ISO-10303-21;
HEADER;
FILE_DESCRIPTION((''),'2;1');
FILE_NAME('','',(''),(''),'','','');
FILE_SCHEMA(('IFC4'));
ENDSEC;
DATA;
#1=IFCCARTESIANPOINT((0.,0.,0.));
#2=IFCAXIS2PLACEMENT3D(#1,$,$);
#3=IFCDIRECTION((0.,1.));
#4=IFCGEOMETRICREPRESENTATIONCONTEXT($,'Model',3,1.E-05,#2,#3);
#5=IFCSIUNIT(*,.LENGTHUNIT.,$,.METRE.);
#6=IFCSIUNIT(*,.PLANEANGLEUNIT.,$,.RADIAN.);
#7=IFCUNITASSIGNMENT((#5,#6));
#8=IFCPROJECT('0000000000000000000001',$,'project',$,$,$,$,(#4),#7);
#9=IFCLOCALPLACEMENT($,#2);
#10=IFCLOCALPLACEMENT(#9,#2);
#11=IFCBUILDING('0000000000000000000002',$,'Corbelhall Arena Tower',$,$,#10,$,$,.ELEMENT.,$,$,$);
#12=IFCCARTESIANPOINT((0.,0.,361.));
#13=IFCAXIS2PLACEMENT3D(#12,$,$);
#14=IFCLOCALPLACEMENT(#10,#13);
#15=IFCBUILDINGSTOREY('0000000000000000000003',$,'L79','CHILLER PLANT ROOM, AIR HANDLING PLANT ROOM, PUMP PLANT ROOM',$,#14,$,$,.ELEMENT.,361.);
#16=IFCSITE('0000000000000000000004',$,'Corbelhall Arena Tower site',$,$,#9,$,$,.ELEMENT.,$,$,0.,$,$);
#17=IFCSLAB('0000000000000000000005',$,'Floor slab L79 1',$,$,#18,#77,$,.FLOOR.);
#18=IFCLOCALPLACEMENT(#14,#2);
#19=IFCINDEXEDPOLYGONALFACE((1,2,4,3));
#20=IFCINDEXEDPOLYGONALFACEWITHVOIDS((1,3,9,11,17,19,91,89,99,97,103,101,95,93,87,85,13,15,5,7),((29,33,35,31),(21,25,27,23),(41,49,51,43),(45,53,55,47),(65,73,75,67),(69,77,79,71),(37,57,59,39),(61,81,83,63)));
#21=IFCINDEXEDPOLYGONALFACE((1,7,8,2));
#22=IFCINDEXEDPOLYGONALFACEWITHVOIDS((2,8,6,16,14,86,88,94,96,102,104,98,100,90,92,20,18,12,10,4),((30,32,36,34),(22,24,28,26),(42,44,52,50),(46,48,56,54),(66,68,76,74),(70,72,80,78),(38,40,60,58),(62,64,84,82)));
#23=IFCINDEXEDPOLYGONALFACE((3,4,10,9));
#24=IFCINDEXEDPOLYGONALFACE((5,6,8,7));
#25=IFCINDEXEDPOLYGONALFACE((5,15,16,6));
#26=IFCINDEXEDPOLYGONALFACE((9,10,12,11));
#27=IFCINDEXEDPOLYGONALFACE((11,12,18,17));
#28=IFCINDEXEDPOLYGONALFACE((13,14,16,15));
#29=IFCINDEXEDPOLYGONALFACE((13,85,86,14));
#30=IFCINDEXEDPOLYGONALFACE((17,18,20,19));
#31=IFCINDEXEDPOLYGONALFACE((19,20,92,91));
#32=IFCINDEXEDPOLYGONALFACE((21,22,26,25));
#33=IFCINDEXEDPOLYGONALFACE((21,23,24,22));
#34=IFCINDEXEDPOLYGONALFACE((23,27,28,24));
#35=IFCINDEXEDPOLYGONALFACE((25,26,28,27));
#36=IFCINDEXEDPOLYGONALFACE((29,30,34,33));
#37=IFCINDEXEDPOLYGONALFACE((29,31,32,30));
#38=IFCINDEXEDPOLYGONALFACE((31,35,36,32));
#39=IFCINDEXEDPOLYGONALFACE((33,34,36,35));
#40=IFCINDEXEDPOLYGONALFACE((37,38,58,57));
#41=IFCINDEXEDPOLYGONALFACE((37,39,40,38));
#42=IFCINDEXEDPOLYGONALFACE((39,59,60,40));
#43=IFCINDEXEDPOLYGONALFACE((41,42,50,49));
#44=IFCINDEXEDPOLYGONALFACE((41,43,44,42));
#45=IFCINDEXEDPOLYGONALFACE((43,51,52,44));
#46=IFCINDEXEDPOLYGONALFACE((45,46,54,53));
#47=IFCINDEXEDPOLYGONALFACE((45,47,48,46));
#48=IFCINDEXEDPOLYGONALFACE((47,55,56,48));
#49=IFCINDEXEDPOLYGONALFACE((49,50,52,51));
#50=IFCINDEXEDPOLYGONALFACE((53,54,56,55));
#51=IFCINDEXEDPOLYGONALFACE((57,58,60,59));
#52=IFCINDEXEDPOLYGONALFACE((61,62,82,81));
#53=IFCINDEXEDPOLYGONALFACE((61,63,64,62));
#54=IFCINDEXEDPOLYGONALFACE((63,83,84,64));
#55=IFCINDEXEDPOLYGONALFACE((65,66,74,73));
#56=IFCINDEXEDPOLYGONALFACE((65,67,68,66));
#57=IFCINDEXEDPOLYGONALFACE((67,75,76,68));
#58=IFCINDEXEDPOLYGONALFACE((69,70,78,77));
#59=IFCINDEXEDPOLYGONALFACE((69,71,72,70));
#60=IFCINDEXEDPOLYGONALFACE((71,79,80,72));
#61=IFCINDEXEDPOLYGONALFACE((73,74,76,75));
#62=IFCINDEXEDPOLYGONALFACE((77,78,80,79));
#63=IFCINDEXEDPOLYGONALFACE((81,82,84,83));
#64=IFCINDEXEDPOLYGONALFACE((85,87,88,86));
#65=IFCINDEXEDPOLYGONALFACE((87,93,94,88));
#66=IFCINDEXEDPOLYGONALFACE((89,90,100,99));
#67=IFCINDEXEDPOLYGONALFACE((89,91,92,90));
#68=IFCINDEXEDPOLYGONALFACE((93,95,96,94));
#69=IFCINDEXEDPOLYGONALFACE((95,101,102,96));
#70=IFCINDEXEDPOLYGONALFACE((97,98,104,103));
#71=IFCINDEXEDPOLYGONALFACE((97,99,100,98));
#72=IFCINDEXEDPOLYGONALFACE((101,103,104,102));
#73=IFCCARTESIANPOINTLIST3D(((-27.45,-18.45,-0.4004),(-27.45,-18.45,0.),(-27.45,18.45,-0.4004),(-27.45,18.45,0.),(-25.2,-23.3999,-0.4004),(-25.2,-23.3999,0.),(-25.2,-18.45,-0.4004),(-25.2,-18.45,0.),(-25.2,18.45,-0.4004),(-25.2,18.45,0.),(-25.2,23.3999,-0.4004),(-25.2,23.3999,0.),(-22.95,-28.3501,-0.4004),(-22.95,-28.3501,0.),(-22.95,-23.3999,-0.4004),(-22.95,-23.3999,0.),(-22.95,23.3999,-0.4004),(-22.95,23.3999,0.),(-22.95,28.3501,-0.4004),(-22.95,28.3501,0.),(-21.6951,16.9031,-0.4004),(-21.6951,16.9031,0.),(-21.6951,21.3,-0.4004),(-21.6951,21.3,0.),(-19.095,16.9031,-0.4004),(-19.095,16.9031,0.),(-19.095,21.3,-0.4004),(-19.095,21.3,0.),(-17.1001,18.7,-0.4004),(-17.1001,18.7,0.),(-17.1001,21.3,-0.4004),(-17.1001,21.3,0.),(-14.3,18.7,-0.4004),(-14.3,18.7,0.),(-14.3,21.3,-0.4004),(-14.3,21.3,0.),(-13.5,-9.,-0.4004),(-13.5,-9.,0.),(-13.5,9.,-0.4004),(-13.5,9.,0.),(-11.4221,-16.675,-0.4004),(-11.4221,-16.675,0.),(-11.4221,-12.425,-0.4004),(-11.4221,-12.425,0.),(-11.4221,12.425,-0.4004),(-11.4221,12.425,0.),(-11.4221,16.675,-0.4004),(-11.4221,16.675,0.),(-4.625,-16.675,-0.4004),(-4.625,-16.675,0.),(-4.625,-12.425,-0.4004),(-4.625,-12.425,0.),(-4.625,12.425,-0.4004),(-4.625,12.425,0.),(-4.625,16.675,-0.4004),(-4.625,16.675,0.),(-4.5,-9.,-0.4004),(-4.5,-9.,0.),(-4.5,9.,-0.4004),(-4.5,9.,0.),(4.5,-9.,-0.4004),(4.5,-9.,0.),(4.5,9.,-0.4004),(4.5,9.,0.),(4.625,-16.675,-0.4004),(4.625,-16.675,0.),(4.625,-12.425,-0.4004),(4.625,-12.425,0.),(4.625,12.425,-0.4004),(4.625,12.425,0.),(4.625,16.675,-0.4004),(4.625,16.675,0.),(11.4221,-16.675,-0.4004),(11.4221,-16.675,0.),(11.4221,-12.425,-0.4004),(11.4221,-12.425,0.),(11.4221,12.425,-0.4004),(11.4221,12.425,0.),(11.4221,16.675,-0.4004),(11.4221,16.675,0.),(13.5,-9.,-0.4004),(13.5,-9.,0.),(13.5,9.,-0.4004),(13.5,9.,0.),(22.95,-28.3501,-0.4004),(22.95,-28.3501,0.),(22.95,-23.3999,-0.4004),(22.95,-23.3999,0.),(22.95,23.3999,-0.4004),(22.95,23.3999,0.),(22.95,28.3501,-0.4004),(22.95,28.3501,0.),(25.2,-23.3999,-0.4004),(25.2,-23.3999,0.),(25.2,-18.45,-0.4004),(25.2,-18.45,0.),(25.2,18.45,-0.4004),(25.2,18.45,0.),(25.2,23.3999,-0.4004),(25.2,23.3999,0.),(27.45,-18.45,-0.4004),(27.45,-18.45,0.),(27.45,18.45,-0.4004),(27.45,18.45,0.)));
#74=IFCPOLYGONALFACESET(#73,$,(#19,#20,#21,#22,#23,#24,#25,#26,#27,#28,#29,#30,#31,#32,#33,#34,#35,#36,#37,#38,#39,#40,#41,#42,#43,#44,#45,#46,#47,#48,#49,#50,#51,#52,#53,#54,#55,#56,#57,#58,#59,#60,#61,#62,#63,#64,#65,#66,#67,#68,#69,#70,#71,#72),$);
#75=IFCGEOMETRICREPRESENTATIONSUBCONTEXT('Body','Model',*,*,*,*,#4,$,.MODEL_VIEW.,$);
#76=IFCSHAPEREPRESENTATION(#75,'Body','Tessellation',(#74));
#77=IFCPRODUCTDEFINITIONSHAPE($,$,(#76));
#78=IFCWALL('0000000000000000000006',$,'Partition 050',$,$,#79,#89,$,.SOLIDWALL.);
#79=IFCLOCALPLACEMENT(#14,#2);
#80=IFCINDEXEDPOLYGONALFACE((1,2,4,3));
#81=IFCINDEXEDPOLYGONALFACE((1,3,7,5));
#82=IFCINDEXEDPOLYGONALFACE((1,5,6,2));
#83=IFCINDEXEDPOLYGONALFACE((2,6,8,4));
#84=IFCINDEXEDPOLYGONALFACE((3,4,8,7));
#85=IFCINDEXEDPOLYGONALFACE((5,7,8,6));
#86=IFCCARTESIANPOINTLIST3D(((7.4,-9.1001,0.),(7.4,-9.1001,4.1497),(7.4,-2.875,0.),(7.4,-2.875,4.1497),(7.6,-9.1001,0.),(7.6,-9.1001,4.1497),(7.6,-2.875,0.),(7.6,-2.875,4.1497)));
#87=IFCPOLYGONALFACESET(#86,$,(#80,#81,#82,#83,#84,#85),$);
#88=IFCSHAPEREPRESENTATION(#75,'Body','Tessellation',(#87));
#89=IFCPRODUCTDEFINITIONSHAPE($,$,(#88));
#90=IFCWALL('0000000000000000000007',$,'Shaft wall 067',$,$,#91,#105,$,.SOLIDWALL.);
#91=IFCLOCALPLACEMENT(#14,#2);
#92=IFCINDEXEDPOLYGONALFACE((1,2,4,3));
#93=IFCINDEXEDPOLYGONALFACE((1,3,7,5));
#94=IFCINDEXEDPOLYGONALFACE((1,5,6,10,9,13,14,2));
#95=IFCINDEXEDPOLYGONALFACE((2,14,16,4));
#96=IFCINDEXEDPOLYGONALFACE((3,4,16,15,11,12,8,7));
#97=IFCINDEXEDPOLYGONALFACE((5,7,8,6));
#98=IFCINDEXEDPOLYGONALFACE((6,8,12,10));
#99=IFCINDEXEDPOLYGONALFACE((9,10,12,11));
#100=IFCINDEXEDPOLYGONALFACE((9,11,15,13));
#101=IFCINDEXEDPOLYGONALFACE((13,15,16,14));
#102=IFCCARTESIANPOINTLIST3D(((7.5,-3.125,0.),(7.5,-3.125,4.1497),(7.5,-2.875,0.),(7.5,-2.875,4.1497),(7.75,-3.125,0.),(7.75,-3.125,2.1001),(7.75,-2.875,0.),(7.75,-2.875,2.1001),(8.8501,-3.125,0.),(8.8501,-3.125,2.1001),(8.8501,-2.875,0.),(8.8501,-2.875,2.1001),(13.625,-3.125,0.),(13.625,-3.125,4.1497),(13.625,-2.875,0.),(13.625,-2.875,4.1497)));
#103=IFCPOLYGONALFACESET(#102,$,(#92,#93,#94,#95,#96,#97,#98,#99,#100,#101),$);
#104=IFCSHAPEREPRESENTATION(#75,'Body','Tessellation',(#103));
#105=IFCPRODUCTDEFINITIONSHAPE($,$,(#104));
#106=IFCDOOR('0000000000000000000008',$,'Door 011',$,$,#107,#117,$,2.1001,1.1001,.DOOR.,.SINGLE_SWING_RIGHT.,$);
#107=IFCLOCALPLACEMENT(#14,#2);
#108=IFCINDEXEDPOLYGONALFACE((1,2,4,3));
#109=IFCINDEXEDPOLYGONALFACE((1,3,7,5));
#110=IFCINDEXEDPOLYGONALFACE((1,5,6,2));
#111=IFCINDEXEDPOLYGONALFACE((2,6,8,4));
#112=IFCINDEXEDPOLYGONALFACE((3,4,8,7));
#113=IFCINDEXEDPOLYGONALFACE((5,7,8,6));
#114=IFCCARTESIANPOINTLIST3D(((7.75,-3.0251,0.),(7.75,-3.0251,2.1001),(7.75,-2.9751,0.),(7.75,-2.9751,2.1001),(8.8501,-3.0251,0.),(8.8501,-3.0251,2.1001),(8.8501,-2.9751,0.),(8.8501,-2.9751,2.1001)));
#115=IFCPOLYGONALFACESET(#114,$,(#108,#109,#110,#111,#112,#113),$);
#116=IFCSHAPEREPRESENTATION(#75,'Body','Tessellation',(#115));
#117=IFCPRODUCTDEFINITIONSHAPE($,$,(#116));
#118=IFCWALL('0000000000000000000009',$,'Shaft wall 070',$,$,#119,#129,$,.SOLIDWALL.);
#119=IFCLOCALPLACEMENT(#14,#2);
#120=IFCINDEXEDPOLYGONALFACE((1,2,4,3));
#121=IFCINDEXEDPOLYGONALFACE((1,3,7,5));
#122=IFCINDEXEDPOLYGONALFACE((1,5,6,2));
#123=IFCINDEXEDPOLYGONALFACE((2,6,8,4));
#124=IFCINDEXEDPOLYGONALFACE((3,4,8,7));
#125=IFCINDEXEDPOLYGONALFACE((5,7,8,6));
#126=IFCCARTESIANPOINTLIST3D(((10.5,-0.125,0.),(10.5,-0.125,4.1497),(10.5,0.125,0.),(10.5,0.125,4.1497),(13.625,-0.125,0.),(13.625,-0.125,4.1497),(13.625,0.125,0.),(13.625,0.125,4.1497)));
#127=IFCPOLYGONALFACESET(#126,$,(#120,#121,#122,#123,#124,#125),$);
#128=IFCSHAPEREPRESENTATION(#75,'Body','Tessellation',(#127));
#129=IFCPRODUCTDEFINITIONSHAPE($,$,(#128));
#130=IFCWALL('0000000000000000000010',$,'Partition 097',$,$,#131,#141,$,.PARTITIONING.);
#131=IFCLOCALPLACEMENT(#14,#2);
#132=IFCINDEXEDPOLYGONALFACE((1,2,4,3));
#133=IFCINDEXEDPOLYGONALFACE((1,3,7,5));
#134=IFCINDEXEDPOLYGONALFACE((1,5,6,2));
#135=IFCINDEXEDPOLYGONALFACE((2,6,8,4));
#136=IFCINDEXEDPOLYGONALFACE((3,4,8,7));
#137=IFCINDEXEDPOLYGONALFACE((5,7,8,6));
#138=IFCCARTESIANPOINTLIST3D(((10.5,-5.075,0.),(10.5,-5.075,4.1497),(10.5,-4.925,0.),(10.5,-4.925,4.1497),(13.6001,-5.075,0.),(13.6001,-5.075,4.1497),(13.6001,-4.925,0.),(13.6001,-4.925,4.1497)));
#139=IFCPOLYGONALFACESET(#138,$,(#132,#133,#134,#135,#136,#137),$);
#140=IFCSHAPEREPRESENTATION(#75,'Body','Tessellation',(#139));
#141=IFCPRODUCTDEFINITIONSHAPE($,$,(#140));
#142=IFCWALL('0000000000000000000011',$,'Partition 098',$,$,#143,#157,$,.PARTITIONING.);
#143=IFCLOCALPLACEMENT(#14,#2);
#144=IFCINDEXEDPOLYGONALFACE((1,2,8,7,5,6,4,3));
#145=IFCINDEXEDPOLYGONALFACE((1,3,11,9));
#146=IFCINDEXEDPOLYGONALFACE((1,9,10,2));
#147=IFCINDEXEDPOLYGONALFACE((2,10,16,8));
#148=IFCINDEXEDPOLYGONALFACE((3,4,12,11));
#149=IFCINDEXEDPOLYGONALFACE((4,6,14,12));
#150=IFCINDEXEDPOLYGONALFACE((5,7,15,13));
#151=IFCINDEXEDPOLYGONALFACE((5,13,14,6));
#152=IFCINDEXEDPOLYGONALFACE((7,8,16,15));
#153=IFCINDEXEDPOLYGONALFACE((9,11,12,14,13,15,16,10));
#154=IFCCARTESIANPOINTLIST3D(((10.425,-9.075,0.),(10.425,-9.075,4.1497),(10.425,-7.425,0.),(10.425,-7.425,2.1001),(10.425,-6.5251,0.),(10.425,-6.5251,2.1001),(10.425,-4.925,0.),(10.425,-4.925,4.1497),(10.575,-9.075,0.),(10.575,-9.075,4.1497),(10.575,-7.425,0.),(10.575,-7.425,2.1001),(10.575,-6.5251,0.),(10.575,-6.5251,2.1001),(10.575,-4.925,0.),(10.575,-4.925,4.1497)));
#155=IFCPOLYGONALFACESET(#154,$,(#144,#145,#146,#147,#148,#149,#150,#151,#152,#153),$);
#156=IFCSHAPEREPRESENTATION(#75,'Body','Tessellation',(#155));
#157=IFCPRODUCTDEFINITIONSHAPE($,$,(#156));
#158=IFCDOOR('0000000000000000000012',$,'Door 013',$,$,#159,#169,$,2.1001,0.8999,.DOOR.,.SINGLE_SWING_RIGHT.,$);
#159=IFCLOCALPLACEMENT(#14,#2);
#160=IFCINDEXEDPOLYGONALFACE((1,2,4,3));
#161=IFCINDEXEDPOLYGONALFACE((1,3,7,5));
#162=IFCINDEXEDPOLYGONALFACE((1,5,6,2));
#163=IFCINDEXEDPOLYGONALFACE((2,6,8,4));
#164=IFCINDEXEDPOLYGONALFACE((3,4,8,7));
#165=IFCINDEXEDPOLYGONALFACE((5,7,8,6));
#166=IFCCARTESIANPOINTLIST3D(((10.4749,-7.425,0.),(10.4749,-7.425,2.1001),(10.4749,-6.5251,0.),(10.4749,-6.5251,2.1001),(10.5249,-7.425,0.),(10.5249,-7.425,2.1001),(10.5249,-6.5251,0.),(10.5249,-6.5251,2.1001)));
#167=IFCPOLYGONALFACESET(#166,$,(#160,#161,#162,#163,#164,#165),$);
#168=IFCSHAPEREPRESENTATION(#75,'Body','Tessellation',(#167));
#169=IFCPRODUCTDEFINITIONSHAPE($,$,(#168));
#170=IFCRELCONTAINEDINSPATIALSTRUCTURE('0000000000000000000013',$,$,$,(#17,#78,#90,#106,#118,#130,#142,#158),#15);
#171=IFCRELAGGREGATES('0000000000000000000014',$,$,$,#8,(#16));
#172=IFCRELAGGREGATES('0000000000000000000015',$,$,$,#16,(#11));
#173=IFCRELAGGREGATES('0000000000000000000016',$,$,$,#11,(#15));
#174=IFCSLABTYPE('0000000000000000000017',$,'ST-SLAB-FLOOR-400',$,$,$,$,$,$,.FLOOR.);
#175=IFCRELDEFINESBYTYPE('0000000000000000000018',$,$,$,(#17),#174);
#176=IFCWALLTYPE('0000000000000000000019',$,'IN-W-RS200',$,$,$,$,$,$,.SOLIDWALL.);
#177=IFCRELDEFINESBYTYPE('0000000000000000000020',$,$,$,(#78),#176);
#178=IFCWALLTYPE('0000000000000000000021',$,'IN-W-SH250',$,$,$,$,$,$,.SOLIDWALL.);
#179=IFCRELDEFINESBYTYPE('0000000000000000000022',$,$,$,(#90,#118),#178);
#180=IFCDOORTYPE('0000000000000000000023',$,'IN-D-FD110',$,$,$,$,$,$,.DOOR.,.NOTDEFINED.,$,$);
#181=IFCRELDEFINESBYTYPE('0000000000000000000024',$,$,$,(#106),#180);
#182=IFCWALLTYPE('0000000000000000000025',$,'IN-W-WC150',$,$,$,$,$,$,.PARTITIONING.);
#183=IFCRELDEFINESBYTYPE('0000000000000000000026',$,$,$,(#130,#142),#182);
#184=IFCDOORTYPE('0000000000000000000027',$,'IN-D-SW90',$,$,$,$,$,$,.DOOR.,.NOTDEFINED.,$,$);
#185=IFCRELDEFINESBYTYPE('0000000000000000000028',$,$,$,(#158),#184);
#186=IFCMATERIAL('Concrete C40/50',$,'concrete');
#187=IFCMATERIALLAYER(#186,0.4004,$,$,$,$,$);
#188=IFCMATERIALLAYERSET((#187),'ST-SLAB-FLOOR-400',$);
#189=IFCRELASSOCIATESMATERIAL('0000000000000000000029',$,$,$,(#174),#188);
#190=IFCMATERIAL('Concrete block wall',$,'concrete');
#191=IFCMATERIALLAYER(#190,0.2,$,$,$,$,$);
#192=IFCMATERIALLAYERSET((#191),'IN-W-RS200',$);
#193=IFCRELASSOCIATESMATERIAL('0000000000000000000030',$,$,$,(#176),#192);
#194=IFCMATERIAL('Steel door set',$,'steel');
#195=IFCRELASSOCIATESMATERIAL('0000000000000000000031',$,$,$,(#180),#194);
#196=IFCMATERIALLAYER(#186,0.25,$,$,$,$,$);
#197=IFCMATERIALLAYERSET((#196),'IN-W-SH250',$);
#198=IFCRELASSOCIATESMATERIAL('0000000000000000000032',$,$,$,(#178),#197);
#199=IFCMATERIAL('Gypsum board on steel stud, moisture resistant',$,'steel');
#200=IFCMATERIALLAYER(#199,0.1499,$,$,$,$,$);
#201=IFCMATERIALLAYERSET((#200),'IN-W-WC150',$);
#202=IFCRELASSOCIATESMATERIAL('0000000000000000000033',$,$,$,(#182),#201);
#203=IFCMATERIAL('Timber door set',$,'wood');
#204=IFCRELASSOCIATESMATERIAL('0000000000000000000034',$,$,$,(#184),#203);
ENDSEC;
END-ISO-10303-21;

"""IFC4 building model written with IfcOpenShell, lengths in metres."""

from ifc_helpers import new_model, si_unit, direction, frame, frame_2d, origin, place, context, subcontext, project, spatial, polyline, rectangle, outline, extrude, material, layer, layer_set, type_object, element, fill, save


model = new_model("IFC4")

# Units and contexts
model_context = context("Model", 3, precision=1e-05, world=origin(), true_north=direction((0.0, 1.0)))
body_context = subcontext(model_context, "Body", "Model", "MODEL_VIEW")
ifc_project = project(units=[si_unit("LENGTHUNIT", "METRE"), si_unit("PLANEANGLEUNIT", "RADIAN")], contexts=[model_context])

# Site, building, storey
site_placement = place(None, origin())
site = spatial("IfcSite", under=ifc_project, at=site_placement, Name="Corbelhall Arena Tower site", CompositionType="ELEMENT", RefElevation=0.0)
building_placement = place(site_placement, origin())
building = spatial("IfcBuilding", under=site, at=building_placement, Name="Corbelhall Arena Tower", CompositionType="ELEMENT")
storey_placement = place(building_placement, frame((0.0, 0.0, 361.0)))
storey = spatial("IfcBuildingStorey", under=building, at=storey_placement, Name="L79", Description="CHILLER PLANT ROOM, AIR HANDLING PLANT ROOM, PUMP PLANT ROOM", CompositionType="ELEMENT", Elevation=361.0)

# Shared definitions
ifc_material_1 = material(Name="Concrete C40/50", Category="concrete")

# Slab
ifc_layer_1 = layer(ifc_material_1, 0.4004)
ifc_layer_set_1 = layer_set([ifc_layer_1], Name="ST-SLAB-FLOOR-400")
slab_type_1 = type_object("IfcSlabType", Name="ST-SLAB-FLOOR-400", PredefinedType="FLOOR", material=ifc_layer_set_1)
slab_1_placement = place(storey_placement, frame((0.0, 0.0, -0.4004)))
element("IfcSlab", 1, at=slab_1_placement, inside=storey, type_object=slab_type_1, Name="Floor slab L79 1", PredefinedType="FLOOR", context=body_context, shape_type="SweptSolid", body=[
    extrude(outline(polyline([(27.45, 18.45), (25.2, 18.45), (25.2, 23.3999), (22.95, 23.3999), (22.95, 28.3501), (-22.95, 28.3501), (-22.95, 23.3999), (-25.2, 23.3999), (-25.2, 18.45), (-27.45, 18.45), (-27.45, -18.45), (-25.2, -18.45), (-25.2, -23.3999), (-22.95, -23.3999), (-22.95, -28.3501), (22.95, -28.3501), (22.95, -23.3999), (25.2, -23.3999), (25.2, -18.45), (27.45, -18.45), (27.45, 18.45)]), holes=[polyline([(-13.5, 9.0), (-13.5, -9.0), (-4.5, -9.0), (-4.5, 9.0), (-13.5, 9.0)]), polyline([(4.5, 9.0), (4.5, -9.0), (13.5, -9.0), (13.5, 9.0), (4.5, 9.0)]), polyline([(-4.625, 16.675), (-11.4221, 16.675), (-11.4221, 12.425), (-4.625, 12.425), (-4.625, 16.675)]), polyline([(-4.625, -16.675), (-4.625, -12.425), (-11.4221, -12.425), (-11.4221, -16.675), (-4.625, -16.675)]), polyline([(11.4221, 16.675), (4.625, 16.675), (4.625, 12.425), (11.4221, 12.425), (11.4221, 16.675)]), polyline([(11.4221, -16.675), (11.4221, -12.425), (4.625, -12.425), (4.625, -16.675), (11.4221, -16.675)]), polyline([(-21.6951, 21.3), (-21.6951, 16.9031), (-19.095, 16.9031), (-19.095, 21.3), (-21.6951, 21.3)]), polyline([(-14.3, 21.3), (-17.1001, 21.3), (-17.1001, 18.7), (-14.3, 18.7), (-14.3, 21.3)])]), origin(), (0.0, 0.0, 1.0), 0.4004),
])

# Wall
ifc_material_2 = material(Name="Concrete block wall", Category="concrete")
ifc_layer_2 = layer(ifc_material_2, 0.2)
ifc_layer_set_2 = layer_set([ifc_layer_2], Name="IN-W-RS200")
wall_type_1 = type_object("IfcWallType", Name="IN-W-RS200", PredefinedType="SOLIDWALL", material=ifc_layer_set_2)
wall_1_placement = place(storey_placement, frame((7.5, -2.875, 0.0), z_axis=(0.0, 0.0, 1.0), x_axis=(0.0, -1.0, 0.0)))
element("IfcWall", 2, at=wall_1_placement, inside=storey, type_object=wall_type_1, Name="Partition 050", PredefinedType="SOLIDWALL", context=body_context, shape_type="SweptSolid", body=[
    extrude(rectangle(XDim=6.2251, YDim=0.2, at=frame_2d((3.1125, 0.0))), origin(), (0.0, 0.0, 1.0), 4.1497),
])

# Wall, opening, door
ifc_material_3 = material(Name="Steel door set", Category="steel")
door_type_1 = type_object("IfcDoorType", Name="IN-D-FD110", OperationType="NOTDEFINED", PredefinedType="DOOR", material=ifc_material_3)
ifc_layer_3 = layer(ifc_material_1, 0.25)
ifc_layer_set_3 = layer_set([ifc_layer_3], Name="IN-W-SH250")
wall_type_2 = type_object("IfcWallType", Name="IN-W-SH250", PredefinedType="SOLIDWALL", material=ifc_layer_set_3)
wall_2_placement = place(storey_placement, frame((7.5, -3.0, 0.0), z_axis=(0.0, 0.0, 1.0), x_axis=(1.0, 0.0, 0.0)))
wall_2 = element("IfcWall", 3, at=wall_2_placement, inside=storey, type_object=wall_type_2, Name="Shaft wall 067", PredefinedType="SOLIDWALL", context=body_context, shape_type="SweptSolid", body=[
    extrude(rectangle(XDim=6.125, YDim=0.25, at=frame_2d((3.0625, 0.0))), origin(), (0.0, 0.0, 1.0), 4.1497),
])
opening_1_placement = place(wall_2_placement, frame((0.25, 0.0, 0.0)))
opening_1 = element("IfcOpeningElement", 4, at=opening_1_placement, cuts=wall_2, PredefinedType="OPENING", context=body_context, shape_type="SweptSolid", body=[
    extrude(rectangle(XDim=1.1001, YDim=2.1001, at=frame_2d((0.55, 1.05))), frame((0.0, 0.125, 0.0), z_axis=(0.0, -1.0, 0.0), x_axis=(1.0, 0.0, 0.0)), (0.0, 0.0, 1.0), 0.25),
])
door_1_placement = place(opening_1_placement, origin())
door_1 = element("IfcDoor", 5, at=door_1_placement, inside=storey, type_object=door_type_1, Name="Door 011", OperationType="SINGLE_SWING_RIGHT", OverallHeight=2.1001, OverallWidth=1.1001, PredefinedType="DOOR", context=body_context, shape_type="SweptSolid", body=[
    extrude(rectangle(XDim=1.1001, YDim=2.1001, at=frame_2d((0.55, 1.05))), frame((0.0, 0.0249, 0.0), z_axis=(0.0, -1.0, 0.0), x_axis=(1.0, 0.0, 0.0)), (0.0, 0.0, 1.0), 0.05),
])
fill(opening_1, door_1)

# Walls
wall_3_placement = place(storey_placement, frame((10.5, 0.0, 0.0), z_axis=(0.0, 0.0, 1.0), x_axis=(1.0, 0.0, 0.0)))
element("IfcWall", 6, at=wall_3_placement, inside=storey, type_object=wall_type_2, Name="Shaft wall 070", PredefinedType="SOLIDWALL", context=body_context, shape_type="SweptSolid", body=[
    extrude(rectangle(XDim=3.125, YDim=0.25, at=frame_2d((1.5625, 0.0))), origin(), (0.0, 0.0, 1.0), 4.1497),
])
ifc_material_4 = material(Name="Gypsum board on steel stud, moisture resistant", Category="steel")
ifc_layer_4 = layer(ifc_material_4, 0.1499)
ifc_layer_set_4 = layer_set([ifc_layer_4], Name="IN-W-WC150")
wall_type_3 = type_object("IfcWallType", Name="IN-W-WC150", PredefinedType="PARTITIONING", material=ifc_layer_set_4)
wall_4_placement = place(storey_placement, frame((10.5, -5.0, 0.0), z_axis=(0.0, 0.0, 1.0), x_axis=(1.0, 0.0, 0.0)))
element("IfcWall", 7, at=wall_4_placement, inside=storey, type_object=wall_type_3, Name="Partition 097", PredefinedType="PARTITIONING", context=body_context, shape_type="SweptSolid", body=[
    extrude(rectangle(XDim=3.1001, YDim=0.1499, at=frame_2d((1.55, 0.0))), origin(), (0.0, 0.0, 1.0), 4.1497),
])

# Wall, opening, door
wall_5_placement = place(storey_placement, frame((10.5, -4.925, 0.0), z_axis=(0.0, 0.0, 1.0), x_axis=(0.0, -1.0, 0.0)))
wall_5 = element("IfcWall", 8, at=wall_5_placement, inside=storey, type_object=wall_type_3, Name="Partition 098", PredefinedType="PARTITIONING", context=body_context, shape_type="SweptSolid", body=[
    extrude(rectangle(XDim=4.1499, YDim=0.1499, at=frame_2d((2.075, 0.0))), origin(), (0.0, 0.0, 1.0), 4.1497),
])
opening_2_placement = place(wall_5_placement, frame((1.6001, 0.0, 0.0)))
opening_2 = element("IfcOpeningElement", 9, at=opening_2_placement, cuts=wall_5, PredefinedType="OPENING", context=body_context, shape_type="SweptSolid", body=[
    extrude(rectangle(XDim=0.8999, YDim=2.1001, at=frame_2d((0.45, 1.05))), frame((0.0, 0.075, 0.0), z_axis=(0.0, -1.0, 0.0), x_axis=(1.0, 0.0, 0.0)), (0.0, 0.0, 1.0), 0.1499),
])
ifc_material_5 = material(Name="Timber door set", Category="wood")
door_type_2 = type_object("IfcDoorType", Name="IN-D-SW90", OperationType="NOTDEFINED", PredefinedType="DOOR", material=ifc_material_5)
door_2_placement = place(opening_2_placement, origin())
door_2 = element("IfcDoor", 10, at=door_2_placement, inside=storey, type_object=door_type_2, Name="Door 013", OperationType="SINGLE_SWING_RIGHT", OverallHeight=2.1001, OverallWidth=0.8999, PredefinedType="DOOR", context=body_context, shape_type="SweptSolid", body=[
    extrude(rectangle(XDim=0.8999, YDim=2.1001, at=frame_2d((0.45, 1.05))), frame((0.0, 0.0249, 0.0), z_axis=(0.0, -1.0, 0.0), x_axis=(1.0, 0.0, 0.0)), (0.0, 0.0, 1.0), 0.05),
])
fill(opening_2, door_2)

save(model, "model.ifc")
